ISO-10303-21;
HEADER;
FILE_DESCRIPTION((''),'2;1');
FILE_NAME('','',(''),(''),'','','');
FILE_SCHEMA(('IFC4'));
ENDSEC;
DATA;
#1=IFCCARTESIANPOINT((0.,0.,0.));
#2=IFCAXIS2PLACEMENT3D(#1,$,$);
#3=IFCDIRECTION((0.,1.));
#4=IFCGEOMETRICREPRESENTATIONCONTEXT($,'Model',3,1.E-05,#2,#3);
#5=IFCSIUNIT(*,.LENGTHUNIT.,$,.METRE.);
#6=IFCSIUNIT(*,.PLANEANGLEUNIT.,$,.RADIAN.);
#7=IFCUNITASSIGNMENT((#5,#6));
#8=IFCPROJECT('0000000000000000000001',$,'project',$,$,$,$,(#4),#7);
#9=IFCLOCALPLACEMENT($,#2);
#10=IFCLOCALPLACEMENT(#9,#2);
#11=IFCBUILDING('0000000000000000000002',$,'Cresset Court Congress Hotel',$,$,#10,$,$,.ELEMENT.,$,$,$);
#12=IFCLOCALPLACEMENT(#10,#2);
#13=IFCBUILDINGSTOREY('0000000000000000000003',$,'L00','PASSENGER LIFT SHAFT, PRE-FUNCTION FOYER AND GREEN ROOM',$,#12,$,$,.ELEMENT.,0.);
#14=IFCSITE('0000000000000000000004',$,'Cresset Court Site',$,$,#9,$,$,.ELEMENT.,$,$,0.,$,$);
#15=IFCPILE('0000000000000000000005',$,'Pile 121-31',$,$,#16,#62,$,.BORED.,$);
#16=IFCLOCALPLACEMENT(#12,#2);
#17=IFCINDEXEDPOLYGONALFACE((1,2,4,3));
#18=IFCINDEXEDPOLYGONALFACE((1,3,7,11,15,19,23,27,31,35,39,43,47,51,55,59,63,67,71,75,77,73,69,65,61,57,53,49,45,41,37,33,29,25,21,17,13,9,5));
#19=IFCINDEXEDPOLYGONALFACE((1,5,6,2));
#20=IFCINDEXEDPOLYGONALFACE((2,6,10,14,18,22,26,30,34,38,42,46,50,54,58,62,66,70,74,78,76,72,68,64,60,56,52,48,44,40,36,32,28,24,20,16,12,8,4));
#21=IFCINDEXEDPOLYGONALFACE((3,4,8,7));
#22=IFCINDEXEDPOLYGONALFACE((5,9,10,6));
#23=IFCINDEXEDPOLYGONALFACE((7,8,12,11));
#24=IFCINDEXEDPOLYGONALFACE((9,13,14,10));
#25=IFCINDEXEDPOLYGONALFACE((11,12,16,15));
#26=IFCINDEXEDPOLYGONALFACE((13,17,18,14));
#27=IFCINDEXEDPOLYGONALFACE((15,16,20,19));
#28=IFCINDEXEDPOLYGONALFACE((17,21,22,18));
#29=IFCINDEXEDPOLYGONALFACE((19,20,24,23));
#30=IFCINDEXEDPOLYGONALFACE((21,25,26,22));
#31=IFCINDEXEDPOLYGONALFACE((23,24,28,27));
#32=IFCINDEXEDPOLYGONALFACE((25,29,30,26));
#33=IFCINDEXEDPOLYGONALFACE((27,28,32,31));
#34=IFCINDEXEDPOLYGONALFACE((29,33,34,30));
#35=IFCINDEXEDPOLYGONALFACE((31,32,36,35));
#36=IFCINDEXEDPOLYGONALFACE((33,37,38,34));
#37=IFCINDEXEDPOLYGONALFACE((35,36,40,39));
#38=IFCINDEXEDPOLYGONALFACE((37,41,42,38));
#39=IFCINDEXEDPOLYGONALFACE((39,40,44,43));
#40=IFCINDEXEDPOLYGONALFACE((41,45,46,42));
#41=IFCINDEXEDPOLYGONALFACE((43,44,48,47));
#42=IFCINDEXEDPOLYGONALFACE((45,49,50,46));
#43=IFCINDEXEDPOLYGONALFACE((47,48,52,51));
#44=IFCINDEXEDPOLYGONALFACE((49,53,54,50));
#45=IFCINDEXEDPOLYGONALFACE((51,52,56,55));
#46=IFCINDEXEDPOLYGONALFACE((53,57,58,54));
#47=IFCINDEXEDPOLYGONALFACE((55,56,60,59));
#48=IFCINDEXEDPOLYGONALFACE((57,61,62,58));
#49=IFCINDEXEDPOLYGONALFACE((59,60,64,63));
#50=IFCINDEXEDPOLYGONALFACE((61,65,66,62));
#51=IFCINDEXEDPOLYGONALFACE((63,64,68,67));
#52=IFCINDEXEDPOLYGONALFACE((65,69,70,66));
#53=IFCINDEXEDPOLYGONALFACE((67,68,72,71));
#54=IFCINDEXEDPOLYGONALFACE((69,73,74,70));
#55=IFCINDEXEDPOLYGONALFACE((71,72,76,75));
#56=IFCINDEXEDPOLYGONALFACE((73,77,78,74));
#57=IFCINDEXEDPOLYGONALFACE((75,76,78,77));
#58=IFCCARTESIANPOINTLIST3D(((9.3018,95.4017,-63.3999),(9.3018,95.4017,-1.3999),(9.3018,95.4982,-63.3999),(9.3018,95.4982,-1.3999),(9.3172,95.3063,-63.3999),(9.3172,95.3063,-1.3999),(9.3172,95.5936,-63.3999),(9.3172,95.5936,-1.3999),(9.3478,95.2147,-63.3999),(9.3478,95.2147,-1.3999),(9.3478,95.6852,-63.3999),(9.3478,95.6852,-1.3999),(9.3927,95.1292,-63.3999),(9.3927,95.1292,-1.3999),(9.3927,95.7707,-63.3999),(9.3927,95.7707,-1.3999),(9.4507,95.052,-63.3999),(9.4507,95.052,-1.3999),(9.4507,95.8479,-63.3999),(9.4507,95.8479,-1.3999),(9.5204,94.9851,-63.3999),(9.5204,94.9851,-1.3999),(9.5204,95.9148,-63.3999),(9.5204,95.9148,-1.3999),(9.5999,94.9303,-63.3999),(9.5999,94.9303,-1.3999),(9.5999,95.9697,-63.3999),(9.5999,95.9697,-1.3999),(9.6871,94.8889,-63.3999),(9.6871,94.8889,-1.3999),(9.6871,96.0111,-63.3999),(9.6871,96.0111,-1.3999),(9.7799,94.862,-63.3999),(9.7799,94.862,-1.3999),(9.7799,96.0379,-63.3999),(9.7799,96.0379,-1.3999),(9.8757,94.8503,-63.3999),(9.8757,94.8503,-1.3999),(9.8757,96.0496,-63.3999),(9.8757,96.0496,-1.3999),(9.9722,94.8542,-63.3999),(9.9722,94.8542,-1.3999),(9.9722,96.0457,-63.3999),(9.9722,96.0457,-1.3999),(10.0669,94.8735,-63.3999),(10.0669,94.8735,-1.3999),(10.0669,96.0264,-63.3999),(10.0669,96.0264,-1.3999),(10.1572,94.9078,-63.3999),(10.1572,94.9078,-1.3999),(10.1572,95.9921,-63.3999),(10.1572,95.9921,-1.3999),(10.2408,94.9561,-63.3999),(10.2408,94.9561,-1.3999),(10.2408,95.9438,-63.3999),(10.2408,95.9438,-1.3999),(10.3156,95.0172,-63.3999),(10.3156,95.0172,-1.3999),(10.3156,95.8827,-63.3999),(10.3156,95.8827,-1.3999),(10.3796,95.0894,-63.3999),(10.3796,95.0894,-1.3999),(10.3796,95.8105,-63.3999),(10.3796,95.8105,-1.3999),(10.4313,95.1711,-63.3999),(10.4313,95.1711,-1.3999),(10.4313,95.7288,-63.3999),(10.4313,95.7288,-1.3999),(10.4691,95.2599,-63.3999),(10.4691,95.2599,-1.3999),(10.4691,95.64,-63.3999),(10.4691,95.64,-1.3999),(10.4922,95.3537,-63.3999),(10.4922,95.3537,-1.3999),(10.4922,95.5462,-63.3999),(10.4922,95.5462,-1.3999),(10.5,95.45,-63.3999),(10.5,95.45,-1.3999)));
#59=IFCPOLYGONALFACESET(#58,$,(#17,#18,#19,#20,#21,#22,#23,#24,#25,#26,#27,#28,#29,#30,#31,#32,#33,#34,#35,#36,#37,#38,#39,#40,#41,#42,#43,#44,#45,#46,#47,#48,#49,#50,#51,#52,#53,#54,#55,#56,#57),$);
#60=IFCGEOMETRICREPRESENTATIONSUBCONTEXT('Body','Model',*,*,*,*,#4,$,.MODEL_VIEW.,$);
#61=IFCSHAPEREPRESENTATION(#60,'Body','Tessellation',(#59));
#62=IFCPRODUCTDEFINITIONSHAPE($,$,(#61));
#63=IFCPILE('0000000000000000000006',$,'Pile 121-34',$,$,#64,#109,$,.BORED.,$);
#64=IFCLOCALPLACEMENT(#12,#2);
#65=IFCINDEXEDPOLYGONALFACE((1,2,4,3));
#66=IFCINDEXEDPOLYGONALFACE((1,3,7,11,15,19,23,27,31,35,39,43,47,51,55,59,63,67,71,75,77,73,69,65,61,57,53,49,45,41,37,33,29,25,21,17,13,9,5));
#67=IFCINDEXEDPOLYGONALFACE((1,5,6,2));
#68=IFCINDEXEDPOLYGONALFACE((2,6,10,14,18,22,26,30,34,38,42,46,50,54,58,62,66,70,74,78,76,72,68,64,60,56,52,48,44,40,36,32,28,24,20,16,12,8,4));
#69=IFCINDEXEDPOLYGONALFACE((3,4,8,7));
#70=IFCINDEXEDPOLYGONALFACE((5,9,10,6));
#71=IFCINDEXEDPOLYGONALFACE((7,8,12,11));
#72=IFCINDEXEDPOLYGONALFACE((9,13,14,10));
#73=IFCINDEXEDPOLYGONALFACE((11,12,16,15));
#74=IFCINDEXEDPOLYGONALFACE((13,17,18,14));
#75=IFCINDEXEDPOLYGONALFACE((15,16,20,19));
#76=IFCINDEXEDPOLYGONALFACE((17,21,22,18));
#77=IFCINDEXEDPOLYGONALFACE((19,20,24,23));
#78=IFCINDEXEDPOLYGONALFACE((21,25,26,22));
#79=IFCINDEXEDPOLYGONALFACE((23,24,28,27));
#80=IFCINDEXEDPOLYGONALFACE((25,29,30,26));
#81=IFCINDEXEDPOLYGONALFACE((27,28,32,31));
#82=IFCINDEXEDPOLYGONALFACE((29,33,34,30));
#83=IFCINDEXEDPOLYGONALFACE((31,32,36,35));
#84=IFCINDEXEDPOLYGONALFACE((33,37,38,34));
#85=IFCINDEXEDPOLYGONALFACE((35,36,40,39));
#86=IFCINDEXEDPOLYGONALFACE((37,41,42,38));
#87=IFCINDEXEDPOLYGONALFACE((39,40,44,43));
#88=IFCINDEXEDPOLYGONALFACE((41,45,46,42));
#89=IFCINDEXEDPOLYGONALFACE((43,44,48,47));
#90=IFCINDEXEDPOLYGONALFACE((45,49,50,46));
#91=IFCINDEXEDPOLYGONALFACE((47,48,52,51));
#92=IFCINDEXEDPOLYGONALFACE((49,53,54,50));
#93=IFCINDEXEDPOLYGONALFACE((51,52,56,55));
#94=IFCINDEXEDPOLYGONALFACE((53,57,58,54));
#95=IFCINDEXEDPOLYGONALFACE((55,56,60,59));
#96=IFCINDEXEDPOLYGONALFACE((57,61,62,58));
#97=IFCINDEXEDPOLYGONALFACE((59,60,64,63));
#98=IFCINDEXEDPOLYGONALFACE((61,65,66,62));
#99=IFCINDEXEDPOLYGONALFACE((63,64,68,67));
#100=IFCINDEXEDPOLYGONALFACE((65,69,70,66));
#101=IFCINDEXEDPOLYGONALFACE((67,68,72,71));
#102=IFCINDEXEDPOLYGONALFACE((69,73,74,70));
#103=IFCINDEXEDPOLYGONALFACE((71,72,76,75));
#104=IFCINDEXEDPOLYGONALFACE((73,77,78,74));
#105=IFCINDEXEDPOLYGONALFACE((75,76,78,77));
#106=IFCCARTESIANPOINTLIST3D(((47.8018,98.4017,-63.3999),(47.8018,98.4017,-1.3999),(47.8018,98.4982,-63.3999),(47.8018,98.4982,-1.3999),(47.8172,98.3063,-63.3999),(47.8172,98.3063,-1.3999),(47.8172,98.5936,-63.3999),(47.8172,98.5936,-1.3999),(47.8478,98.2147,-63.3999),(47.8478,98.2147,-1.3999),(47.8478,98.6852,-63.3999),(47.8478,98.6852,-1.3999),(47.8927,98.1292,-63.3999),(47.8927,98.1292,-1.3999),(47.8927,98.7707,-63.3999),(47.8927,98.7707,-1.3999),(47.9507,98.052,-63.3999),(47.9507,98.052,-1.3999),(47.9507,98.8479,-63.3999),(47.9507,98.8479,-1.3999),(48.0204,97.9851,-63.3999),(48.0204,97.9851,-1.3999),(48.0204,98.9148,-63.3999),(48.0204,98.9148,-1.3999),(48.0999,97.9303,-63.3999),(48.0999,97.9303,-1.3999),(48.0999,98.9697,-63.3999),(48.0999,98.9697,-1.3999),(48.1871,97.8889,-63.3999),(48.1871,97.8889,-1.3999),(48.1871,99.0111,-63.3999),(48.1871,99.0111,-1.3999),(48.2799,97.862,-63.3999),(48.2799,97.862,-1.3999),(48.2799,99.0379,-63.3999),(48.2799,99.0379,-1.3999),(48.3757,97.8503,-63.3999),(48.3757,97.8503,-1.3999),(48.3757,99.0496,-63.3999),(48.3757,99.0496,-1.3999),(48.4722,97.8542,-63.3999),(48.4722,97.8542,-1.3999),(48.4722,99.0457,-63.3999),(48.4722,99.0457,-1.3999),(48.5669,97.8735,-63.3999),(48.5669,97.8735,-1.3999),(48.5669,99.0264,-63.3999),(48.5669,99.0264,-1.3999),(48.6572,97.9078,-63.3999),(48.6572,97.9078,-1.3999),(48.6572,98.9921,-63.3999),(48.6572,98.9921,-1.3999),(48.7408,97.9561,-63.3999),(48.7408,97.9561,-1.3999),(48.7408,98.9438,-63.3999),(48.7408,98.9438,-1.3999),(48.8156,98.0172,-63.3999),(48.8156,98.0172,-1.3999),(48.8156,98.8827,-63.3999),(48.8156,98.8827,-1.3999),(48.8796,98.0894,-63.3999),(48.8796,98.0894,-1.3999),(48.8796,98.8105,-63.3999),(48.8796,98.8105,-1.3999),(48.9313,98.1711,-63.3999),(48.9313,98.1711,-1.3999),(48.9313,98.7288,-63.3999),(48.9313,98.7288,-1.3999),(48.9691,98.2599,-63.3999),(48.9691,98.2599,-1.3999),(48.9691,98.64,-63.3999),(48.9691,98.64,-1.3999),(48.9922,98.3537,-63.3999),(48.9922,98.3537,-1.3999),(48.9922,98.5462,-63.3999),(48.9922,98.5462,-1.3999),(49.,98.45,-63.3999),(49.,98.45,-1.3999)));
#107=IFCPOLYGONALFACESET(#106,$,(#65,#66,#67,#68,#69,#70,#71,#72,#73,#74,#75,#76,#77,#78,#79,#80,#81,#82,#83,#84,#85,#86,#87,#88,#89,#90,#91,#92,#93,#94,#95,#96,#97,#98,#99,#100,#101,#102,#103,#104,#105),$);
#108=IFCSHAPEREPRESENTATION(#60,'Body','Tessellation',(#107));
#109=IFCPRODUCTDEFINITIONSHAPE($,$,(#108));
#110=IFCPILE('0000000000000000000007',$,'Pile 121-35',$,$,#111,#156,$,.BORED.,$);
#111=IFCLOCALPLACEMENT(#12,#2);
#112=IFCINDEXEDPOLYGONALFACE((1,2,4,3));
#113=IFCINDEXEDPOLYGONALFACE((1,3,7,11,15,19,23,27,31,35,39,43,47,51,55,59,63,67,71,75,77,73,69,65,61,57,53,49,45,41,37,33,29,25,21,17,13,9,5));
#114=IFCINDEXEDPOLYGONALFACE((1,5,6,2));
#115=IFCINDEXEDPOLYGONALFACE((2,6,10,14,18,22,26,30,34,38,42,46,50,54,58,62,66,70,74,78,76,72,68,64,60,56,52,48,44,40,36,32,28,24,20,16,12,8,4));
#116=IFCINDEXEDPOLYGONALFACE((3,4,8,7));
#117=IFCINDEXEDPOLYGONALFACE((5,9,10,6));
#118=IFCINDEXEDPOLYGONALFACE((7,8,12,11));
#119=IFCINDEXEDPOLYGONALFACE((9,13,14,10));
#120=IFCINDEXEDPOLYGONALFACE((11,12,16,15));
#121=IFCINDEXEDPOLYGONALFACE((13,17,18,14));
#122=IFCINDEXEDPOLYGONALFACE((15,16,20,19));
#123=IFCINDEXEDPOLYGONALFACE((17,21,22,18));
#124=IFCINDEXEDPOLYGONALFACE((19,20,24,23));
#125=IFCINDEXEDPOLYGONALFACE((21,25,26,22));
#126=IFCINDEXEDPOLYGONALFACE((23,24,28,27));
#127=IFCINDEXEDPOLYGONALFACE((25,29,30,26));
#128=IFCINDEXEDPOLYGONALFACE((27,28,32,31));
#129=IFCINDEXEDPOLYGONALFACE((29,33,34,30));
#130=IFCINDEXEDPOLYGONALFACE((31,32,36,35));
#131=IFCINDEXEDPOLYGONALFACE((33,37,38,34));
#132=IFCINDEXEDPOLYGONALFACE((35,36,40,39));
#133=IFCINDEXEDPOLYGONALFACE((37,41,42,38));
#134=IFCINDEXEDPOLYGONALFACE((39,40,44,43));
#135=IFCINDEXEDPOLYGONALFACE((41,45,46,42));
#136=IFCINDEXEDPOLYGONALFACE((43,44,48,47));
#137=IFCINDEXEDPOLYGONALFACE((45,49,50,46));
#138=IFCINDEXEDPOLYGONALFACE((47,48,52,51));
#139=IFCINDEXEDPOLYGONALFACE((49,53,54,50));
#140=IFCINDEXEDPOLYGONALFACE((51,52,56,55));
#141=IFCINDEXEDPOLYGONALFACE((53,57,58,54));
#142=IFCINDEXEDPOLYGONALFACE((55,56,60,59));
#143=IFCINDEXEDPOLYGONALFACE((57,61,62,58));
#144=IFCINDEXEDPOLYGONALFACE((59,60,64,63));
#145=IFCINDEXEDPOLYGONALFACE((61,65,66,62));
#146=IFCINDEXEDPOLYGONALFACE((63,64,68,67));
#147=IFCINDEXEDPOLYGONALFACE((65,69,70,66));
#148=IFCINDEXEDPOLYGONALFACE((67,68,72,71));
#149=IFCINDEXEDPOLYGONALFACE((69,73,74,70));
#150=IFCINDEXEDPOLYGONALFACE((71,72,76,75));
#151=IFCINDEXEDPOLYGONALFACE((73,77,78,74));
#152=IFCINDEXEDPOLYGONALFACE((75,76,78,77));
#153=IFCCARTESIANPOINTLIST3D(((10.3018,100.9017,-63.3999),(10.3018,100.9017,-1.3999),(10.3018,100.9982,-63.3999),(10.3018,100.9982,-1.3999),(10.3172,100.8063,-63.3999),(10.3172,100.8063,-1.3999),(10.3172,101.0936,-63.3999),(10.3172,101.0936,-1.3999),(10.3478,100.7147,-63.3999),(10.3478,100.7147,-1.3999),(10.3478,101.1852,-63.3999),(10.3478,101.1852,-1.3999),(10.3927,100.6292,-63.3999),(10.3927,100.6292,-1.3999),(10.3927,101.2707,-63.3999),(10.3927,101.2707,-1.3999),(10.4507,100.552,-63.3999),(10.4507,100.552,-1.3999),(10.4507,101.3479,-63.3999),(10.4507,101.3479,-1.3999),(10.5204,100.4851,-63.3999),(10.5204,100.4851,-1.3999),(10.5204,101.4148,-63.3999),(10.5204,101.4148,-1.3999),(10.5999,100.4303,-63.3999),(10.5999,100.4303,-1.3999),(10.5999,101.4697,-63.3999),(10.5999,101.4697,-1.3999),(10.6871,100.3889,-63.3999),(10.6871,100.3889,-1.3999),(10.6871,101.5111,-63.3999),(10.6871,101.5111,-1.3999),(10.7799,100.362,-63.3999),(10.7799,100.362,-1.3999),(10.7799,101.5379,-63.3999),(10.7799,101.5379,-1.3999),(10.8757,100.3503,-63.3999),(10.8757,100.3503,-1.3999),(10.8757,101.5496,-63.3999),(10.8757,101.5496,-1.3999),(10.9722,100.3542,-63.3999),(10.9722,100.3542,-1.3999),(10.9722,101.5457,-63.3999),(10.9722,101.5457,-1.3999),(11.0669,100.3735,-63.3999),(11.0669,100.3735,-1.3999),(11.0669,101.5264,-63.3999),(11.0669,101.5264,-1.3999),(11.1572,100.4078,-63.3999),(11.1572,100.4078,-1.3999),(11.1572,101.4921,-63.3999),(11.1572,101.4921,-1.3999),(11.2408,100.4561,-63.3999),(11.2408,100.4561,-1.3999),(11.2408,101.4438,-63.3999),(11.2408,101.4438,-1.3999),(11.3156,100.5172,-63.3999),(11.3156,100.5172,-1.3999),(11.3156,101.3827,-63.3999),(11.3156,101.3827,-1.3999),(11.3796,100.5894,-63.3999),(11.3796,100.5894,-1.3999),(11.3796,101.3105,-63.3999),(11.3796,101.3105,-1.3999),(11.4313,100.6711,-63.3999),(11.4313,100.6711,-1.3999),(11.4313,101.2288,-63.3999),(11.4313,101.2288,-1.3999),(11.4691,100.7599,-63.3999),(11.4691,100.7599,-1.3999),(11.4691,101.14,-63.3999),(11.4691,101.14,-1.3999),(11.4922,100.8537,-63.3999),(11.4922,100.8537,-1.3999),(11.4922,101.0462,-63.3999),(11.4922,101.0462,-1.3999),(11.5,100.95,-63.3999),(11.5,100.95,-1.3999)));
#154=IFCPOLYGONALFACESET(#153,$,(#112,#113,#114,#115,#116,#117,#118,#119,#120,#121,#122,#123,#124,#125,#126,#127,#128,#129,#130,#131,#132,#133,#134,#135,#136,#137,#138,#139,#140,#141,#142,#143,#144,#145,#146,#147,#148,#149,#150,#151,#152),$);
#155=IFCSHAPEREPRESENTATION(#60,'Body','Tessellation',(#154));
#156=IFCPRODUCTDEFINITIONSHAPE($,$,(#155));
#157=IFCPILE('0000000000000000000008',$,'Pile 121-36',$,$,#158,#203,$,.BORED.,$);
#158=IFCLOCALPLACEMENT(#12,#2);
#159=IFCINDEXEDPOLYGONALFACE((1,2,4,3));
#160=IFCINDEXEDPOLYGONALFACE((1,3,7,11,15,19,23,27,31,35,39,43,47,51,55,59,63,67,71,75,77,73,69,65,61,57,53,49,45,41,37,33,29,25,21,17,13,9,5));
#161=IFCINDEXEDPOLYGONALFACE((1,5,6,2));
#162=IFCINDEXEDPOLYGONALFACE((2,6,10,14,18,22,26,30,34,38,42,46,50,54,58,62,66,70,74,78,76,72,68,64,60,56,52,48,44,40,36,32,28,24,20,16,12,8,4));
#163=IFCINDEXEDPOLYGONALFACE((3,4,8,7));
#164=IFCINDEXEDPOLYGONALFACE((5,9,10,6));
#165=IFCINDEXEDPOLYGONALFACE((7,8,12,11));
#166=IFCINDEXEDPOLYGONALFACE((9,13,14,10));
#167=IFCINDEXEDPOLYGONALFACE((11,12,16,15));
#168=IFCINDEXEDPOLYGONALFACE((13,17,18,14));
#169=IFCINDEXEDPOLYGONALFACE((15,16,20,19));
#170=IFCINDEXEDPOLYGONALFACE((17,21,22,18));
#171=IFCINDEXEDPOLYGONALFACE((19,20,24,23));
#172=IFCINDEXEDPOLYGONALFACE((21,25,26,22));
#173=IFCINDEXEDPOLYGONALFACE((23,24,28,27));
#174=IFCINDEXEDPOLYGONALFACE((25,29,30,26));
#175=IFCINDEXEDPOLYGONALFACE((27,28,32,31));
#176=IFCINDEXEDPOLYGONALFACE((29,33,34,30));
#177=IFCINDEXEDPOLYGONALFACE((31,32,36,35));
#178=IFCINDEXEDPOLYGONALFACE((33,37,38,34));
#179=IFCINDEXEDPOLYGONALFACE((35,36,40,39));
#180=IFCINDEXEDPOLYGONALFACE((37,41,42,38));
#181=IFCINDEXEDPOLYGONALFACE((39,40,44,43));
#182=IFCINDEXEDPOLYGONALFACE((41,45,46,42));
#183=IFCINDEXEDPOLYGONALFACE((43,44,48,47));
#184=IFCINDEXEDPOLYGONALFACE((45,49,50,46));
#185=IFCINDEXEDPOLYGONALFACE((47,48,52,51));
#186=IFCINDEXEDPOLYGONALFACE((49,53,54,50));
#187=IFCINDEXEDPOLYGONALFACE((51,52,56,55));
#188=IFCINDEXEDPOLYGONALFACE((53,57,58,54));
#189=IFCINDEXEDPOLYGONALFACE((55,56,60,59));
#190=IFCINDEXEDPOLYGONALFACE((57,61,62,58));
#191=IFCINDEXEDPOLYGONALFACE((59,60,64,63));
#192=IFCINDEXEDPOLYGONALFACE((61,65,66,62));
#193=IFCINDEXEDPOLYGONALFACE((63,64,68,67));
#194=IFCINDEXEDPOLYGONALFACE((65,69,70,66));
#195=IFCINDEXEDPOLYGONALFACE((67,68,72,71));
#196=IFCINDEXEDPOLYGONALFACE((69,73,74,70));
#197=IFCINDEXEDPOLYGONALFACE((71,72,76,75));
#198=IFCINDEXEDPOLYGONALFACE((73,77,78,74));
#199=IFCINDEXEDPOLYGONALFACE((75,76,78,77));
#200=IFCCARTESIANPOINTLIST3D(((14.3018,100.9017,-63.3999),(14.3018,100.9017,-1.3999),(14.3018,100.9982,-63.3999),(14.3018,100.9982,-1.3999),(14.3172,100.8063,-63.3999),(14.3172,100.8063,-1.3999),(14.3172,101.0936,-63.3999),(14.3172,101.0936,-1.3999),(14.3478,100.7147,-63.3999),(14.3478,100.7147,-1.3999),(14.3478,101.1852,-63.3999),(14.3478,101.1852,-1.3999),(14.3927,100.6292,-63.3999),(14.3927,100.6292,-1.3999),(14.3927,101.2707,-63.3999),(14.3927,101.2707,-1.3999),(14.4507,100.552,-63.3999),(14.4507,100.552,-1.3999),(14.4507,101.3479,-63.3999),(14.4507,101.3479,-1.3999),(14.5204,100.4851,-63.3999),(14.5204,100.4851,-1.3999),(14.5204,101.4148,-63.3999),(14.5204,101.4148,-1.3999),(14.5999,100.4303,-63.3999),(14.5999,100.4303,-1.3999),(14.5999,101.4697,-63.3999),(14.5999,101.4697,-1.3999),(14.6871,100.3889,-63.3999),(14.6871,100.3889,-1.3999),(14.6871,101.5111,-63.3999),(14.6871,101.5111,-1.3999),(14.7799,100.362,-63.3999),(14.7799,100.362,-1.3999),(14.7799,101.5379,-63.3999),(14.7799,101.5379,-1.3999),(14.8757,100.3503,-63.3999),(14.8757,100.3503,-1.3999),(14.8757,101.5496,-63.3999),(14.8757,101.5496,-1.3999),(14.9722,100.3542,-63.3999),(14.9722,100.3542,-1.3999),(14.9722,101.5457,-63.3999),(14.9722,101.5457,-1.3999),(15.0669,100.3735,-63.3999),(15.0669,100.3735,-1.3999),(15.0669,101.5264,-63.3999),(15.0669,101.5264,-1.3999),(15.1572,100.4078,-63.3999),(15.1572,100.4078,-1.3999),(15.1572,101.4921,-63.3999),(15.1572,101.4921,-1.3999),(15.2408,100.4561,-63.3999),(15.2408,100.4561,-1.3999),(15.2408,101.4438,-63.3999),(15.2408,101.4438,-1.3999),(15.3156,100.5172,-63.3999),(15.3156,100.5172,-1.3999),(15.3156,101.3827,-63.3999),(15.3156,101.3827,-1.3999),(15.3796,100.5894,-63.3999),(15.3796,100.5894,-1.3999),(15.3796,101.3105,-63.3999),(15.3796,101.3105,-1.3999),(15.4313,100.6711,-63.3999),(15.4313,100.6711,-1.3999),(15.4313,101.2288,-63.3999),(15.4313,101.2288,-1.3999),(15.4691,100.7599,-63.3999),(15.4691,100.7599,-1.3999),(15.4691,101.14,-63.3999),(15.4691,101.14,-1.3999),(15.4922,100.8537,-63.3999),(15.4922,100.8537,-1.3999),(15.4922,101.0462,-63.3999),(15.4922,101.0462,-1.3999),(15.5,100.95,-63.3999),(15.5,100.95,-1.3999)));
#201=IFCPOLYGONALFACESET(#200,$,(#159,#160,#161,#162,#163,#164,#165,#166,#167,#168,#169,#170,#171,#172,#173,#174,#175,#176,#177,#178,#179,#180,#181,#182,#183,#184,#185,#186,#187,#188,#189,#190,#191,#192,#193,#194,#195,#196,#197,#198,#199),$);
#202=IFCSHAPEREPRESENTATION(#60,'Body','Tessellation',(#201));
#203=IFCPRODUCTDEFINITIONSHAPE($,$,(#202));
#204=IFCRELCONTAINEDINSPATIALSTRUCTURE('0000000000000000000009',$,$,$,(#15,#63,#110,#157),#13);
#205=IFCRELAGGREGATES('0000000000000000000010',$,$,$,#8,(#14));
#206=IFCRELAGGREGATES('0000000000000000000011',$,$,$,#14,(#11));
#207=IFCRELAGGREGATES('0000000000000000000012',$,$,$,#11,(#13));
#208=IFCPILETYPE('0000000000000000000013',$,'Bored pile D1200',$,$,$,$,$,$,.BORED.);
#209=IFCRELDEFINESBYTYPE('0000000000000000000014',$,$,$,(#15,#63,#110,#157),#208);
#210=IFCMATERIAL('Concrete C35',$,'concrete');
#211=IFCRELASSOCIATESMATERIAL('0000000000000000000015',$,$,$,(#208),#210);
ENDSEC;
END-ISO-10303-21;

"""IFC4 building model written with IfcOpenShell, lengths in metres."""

from ifc_helpers import new_model, si_unit, direction, frame, origin, origin_2d, place, context, subcontext, project, spatial, circle, extrude, material, type_object, element, save


model = new_model("IFC4")

# Units and contexts
model_context = context("Model", 3, precision=1e-05, world=origin(), true_north=direction((0.0, 1.0)))
body_context = subcontext(model_context, "Body", "Model", "MODEL_VIEW")
ifc_project = project(units=[si_unit("LENGTHUNIT", "METRE"), si_unit("PLANEANGLEUNIT", "RADIAN")], contexts=[model_context])

# Site, building, storey
site_placement = place(None, origin())
site = spatial("IfcSite", under=ifc_project, at=site_placement, Name="Cresset Court Site", CompositionType="ELEMENT", RefElevation=0.0)
building_placement = place(site_placement, origin())
building = spatial("IfcBuilding", under=site, at=building_placement, Name="Cresset Court Congress Hotel", CompositionType="ELEMENT")
storey_placement = place(building_placement, origin())
storey = spatial("IfcBuildingStorey", under=building, at=storey_placement, Name="L00", Description="PASSENGER LIFT SHAFT, PRE-FUNCTION FOYER AND GREEN ROOM", CompositionType="ELEMENT", Elevation=0.0)

# Piles
ifc_material_1 = material(Name="Concrete C35", Category="concrete")
pile_type = type_object("IfcPileType", Name="Bored pile D1200", PredefinedType="BORED", material=ifc_material_1)
for number, where, z_axis, x_axis, name in (
    (1, (9.8999, 95.45, -1.3999), (0.0, 0.0, -1.0), (1.0, 0.0, 0.0), "Pile 121-31"),
    (2, (48.3999, 98.45, -1.3999), (0.0, 0.0, -1.0), (1.0, 0.0, 0.0), "Pile 121-34"),
    (3, (10.8999, 100.95, -1.3999), (0.0, 0.0, -1.0), (1.0, 0.0, 0.0), "Pile 121-35"),
    (4, (14.8999, 100.95, -1.3999), (0.0, 0.0, -1.0), (1.0, 0.0, 0.0), "Pile 121-36"),
):
    element("IfcPile", number, at=place(storey_placement, frame(where, z_axis=z_axis, x_axis=x_axis)), inside=storey, type_object=pile_type, Name=name, PredefinedType="BORED", context=body_context, shape_type="SweptSolid", body=[
        extrude(circle(Radius=0.6001, at=origin_2d()), origin(), (0.0, 0.0, 1.0), 62.0),
    ])

save(model, "model.ifc")
